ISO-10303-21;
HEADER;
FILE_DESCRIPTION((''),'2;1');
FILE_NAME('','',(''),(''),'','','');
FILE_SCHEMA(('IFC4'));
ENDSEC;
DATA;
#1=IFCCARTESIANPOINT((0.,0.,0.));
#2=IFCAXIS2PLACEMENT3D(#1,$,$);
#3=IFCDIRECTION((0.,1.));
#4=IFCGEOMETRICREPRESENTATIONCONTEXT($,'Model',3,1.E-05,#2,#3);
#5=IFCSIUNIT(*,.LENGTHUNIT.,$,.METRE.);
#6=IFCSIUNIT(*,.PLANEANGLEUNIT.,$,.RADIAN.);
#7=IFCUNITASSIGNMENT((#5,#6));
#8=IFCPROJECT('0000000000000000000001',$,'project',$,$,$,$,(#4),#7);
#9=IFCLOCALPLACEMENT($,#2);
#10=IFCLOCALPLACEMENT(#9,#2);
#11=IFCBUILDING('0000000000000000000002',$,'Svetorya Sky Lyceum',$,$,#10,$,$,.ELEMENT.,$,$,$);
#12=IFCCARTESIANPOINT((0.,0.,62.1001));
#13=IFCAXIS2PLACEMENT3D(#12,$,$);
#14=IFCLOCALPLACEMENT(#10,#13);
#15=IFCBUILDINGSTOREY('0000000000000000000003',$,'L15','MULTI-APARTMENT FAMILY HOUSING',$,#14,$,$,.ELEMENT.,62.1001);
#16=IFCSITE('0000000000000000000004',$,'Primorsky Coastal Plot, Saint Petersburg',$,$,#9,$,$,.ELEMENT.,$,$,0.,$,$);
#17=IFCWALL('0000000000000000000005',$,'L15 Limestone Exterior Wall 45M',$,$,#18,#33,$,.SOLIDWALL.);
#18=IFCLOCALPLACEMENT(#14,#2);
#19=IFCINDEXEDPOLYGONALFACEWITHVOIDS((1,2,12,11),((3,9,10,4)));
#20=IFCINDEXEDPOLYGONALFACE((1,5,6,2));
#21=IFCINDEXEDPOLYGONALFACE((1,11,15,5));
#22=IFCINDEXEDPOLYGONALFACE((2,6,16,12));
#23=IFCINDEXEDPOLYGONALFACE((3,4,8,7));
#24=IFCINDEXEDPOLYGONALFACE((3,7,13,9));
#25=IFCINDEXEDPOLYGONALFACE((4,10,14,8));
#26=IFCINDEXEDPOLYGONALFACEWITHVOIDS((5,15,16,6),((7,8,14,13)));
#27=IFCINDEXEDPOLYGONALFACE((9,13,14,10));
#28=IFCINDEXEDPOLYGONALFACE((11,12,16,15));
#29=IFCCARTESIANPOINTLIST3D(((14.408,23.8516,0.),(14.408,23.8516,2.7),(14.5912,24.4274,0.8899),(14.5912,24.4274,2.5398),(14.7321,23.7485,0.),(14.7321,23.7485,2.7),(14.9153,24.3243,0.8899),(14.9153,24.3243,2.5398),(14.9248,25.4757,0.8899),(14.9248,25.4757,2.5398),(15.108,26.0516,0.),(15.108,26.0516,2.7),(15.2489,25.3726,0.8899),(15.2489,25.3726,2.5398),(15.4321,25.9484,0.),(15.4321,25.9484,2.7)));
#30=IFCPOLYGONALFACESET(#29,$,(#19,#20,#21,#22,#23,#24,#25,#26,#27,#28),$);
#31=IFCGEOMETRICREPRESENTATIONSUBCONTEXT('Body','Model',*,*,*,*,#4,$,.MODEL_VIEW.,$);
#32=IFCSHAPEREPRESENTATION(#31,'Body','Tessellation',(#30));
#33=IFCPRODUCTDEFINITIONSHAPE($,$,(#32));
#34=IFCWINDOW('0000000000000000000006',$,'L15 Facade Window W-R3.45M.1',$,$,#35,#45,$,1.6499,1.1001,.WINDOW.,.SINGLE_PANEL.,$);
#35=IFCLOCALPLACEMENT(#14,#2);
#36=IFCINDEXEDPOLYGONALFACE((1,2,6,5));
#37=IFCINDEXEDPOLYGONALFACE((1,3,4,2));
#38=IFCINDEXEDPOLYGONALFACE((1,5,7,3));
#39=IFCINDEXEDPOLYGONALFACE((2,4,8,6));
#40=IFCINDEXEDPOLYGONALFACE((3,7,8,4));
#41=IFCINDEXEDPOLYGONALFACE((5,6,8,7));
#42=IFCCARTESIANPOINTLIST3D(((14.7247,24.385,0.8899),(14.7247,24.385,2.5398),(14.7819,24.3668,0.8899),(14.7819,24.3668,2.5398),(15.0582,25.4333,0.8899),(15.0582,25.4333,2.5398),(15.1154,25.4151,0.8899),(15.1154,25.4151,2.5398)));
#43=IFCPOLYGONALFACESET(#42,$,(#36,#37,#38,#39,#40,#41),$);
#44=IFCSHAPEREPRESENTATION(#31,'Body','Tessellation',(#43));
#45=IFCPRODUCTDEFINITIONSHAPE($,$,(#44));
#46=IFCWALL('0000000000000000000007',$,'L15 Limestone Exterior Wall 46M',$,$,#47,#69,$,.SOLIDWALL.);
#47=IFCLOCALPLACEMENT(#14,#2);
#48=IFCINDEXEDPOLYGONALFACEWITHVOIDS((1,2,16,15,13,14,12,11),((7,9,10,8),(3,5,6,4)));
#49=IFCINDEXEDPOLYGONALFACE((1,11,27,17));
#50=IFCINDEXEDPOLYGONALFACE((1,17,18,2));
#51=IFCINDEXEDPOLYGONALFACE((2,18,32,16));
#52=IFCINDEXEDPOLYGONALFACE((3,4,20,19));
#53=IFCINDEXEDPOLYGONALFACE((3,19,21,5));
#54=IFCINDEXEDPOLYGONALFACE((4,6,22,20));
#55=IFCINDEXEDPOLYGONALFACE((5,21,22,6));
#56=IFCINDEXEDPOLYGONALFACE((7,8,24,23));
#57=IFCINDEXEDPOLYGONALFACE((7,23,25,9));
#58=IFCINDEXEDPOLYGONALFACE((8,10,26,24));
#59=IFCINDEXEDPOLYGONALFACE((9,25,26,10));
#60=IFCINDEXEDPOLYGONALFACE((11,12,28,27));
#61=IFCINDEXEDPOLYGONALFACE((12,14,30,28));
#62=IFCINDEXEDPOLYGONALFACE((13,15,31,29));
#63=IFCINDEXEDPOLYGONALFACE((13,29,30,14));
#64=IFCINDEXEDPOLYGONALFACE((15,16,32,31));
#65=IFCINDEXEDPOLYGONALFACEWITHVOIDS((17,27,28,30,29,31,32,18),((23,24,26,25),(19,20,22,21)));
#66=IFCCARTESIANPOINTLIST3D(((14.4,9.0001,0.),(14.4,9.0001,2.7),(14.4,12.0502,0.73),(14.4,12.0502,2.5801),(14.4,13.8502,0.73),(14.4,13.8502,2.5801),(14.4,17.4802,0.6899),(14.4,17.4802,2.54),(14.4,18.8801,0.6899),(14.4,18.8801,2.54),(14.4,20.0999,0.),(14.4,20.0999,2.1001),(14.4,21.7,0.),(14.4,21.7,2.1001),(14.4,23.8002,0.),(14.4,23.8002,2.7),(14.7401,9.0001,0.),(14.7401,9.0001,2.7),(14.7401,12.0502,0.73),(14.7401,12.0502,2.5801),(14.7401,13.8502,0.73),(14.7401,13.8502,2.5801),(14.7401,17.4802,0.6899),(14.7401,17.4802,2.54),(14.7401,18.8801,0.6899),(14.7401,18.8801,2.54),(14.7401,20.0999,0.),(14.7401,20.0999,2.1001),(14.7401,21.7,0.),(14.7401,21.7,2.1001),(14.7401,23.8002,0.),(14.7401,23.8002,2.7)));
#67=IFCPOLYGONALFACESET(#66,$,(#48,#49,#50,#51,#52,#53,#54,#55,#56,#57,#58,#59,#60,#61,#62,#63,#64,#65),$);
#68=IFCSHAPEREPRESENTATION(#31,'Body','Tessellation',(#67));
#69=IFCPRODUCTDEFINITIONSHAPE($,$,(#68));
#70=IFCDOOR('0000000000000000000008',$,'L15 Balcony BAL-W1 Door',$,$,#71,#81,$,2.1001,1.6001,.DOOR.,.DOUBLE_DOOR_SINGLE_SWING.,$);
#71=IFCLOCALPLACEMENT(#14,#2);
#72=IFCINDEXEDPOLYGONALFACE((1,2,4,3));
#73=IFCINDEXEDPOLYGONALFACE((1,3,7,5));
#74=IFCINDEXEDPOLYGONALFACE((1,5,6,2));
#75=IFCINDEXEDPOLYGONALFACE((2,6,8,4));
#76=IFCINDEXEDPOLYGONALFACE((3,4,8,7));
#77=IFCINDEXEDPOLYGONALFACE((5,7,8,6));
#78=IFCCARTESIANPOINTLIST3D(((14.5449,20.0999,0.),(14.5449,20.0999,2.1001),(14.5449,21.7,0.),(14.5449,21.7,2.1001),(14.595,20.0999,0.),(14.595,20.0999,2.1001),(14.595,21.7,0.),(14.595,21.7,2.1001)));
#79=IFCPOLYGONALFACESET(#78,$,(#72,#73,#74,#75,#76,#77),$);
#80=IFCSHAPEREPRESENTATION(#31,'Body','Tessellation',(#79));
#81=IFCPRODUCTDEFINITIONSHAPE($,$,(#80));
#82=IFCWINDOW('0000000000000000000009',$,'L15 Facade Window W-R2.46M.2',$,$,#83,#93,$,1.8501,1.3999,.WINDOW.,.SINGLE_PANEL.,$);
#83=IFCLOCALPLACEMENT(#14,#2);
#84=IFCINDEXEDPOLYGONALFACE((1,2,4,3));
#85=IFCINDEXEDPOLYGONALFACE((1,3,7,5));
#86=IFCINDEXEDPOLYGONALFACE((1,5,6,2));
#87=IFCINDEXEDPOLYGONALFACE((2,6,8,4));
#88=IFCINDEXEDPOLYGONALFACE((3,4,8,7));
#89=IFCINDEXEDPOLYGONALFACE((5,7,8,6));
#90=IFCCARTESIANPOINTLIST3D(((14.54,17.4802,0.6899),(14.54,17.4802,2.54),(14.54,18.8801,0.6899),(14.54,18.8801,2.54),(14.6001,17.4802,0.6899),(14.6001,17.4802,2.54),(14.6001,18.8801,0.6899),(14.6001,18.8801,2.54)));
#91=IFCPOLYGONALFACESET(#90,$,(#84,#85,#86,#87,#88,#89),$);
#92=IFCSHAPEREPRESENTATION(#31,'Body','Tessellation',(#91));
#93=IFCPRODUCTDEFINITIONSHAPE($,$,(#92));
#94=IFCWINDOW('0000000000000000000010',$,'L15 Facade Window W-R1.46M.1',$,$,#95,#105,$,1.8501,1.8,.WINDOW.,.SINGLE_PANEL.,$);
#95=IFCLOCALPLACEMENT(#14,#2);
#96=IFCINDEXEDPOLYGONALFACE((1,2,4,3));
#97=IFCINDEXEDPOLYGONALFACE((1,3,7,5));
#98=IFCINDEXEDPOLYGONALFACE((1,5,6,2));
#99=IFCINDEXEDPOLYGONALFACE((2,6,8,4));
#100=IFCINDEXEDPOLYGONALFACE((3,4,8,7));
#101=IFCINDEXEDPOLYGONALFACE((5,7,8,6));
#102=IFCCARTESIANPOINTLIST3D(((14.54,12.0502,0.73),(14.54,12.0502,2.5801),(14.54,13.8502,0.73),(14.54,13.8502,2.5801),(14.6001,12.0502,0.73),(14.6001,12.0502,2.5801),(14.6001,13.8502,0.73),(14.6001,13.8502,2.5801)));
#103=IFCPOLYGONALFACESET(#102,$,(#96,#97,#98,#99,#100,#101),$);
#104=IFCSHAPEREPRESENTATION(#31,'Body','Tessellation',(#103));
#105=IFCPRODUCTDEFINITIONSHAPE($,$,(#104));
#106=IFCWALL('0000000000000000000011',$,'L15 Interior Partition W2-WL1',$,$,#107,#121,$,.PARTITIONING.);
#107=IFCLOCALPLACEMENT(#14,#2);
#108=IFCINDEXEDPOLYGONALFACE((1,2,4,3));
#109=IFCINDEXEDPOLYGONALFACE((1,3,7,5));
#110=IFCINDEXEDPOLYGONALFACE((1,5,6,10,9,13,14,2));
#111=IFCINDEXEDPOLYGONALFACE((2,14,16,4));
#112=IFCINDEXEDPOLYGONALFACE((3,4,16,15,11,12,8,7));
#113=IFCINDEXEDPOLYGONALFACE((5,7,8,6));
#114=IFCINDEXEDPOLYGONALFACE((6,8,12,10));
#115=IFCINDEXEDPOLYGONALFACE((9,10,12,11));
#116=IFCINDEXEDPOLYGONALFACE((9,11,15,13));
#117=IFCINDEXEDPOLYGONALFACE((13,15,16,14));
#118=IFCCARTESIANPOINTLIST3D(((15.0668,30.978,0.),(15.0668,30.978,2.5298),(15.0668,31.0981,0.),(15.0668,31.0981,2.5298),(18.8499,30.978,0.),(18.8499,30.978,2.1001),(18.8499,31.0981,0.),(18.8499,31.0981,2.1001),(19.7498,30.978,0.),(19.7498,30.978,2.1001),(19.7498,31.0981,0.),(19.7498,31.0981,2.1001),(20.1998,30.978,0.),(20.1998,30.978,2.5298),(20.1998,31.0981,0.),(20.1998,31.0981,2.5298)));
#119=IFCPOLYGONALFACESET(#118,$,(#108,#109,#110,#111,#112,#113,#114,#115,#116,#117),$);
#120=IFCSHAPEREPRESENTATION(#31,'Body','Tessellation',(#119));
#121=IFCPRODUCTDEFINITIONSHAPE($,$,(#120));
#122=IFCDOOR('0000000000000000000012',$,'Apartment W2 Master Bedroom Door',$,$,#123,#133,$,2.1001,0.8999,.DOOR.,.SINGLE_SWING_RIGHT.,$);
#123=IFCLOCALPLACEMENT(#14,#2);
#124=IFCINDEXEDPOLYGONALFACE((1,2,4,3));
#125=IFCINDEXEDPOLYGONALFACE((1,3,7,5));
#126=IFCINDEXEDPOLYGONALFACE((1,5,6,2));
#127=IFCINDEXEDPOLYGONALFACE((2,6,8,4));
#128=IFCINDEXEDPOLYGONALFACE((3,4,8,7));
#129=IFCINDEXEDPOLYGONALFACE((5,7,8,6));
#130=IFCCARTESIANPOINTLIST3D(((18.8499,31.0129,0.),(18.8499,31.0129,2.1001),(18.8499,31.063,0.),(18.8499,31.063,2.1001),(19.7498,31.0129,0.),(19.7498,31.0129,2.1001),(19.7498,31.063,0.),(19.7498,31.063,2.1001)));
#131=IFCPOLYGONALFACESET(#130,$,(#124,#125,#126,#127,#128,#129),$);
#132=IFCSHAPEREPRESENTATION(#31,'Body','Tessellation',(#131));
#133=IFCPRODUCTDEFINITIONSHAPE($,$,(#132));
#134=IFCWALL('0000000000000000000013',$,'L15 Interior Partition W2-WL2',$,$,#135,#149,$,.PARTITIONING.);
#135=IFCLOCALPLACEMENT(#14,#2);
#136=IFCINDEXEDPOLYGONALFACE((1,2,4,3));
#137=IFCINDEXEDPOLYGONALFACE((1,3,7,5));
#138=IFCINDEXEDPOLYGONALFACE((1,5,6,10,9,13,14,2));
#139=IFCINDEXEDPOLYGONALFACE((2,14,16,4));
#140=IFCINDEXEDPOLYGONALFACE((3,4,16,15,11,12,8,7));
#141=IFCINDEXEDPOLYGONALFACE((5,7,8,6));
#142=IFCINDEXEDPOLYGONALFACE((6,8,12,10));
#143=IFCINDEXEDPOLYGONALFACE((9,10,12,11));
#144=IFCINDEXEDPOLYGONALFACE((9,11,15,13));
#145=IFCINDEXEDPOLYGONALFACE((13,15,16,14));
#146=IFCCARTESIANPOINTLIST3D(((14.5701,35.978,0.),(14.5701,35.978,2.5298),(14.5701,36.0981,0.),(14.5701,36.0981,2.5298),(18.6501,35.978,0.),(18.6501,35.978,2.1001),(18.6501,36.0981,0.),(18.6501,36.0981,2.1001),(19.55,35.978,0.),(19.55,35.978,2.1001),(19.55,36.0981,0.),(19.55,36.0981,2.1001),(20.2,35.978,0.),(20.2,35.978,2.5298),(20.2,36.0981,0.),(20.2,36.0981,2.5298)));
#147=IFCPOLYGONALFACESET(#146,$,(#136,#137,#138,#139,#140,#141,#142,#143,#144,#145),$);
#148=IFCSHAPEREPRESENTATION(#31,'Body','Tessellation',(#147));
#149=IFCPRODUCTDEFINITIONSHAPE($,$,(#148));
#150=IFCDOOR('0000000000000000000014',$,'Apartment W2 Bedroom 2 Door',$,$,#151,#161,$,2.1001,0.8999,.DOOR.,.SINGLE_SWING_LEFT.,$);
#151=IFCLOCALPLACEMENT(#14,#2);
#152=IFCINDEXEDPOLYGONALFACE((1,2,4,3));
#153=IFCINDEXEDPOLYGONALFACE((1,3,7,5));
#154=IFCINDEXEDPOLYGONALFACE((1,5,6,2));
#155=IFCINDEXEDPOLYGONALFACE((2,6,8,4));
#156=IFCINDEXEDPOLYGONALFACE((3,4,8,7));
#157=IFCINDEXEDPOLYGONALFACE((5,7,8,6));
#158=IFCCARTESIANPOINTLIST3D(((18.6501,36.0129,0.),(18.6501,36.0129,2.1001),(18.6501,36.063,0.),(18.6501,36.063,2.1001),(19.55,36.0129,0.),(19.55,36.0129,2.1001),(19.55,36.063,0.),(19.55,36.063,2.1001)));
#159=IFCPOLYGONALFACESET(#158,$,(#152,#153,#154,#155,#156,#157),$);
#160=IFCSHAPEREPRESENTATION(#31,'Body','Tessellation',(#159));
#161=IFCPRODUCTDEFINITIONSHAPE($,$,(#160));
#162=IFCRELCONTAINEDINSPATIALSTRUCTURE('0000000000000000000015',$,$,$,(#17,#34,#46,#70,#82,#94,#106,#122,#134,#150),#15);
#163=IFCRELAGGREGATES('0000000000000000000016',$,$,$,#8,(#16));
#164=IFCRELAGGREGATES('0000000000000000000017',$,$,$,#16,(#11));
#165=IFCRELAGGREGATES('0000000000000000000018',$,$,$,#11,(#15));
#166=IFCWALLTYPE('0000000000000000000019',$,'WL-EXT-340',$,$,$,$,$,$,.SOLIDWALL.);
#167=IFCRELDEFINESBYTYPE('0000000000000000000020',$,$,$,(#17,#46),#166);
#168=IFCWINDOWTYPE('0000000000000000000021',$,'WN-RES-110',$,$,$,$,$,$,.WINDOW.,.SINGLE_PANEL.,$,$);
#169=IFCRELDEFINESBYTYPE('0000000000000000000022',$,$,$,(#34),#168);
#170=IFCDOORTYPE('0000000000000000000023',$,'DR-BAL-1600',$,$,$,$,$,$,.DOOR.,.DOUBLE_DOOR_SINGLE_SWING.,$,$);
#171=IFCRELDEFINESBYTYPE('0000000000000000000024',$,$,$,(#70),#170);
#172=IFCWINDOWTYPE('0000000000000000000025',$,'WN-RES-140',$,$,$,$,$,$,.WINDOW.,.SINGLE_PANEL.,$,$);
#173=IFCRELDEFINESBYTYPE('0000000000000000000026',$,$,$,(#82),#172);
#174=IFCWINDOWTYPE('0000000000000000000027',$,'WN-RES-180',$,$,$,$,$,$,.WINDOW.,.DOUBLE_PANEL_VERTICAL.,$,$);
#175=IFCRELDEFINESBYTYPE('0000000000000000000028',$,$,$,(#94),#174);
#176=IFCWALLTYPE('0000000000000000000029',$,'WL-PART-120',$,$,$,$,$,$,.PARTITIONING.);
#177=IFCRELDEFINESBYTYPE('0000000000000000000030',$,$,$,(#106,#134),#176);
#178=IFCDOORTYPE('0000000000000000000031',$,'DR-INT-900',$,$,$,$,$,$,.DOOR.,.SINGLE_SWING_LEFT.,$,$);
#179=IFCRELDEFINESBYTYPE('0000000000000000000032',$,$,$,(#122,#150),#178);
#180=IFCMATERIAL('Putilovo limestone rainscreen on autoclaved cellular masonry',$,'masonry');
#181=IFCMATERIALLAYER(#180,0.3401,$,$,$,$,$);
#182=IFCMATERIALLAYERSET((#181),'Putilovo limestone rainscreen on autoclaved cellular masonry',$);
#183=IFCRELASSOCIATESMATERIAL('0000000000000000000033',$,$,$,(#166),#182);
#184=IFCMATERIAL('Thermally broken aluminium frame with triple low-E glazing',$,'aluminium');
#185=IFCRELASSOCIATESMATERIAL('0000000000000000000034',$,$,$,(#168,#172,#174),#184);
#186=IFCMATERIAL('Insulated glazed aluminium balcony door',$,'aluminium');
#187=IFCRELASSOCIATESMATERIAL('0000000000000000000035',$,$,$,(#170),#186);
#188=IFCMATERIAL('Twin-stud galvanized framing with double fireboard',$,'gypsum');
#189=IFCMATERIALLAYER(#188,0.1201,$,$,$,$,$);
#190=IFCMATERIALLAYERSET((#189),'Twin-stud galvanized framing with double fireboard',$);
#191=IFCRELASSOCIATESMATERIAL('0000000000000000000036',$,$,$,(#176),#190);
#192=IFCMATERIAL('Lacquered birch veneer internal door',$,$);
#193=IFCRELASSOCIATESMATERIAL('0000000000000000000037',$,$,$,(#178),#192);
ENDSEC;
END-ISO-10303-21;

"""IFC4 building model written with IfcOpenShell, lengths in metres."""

from ifc_helpers import new_model, si_unit, direction, frame, frame_2d, origin, place, context, subcontext, project, spatial, rectangle, extrude, material, layer, layer_set, type_object, element, fill, save


model = new_model("IFC4")

# Units and contexts
model_context = context("Model", 3, precision=1e-05, world=origin(), true_north=direction((0.0, 1.0)))
body_context = subcontext(model_context, "Body", "Model", "MODEL_VIEW")
ifc_project = project(units=[si_unit("LENGTHUNIT", "METRE"), si_unit("PLANEANGLEUNIT", "RADIAN")], contexts=[model_context])

# Site, building, storey
site_placement = place(None, origin())
site = spatial("IfcSite", under=ifc_project, at=site_placement, Name="Primorsky Coastal Plot, Saint Petersburg", CompositionType="ELEMENT", RefElevation=0.0)
building_placement = place(site_placement, origin())
building = spatial("IfcBuilding", under=site, at=building_placement, Name="Svetorya Sky Lyceum", CompositionType="ELEMENT")
storey_placement = place(building_placement, frame((0.0, 0.0, 62.1001)))
storey = spatial("IfcBuildingStorey", under=building, at=storey_placement, Name="L15", Description="MULTI-APARTMENT FAMILY HOUSING", CompositionType="ELEMENT", Elevation=62.1001)

# Shared definitions
ifc_material_1 = material(Name="Putilovo limestone rainscreen on autoclaved cellular masonry", Category="masonry")
ifc_layer_1 = layer(ifc_material_1, 0.3401)
ifc_layer_set_1 = layer_set([ifc_layer_1], Name="Putilovo limestone rainscreen on autoclaved cellular masonry")
wall_type_1 = type_object("IfcWallType", Name="WL-EXT-340", PredefinedType="SOLIDWALL", material=ifc_layer_set_1)
ifc_material_2 = material(Name="Thermally broken aluminium frame with triple low-E glazing", Category="aluminium")
window_type_1 = type_object("IfcWindowType", Name="WN-RES-110", PartitioningType="SINGLE_PANEL", PredefinedType="WINDOW", material=ifc_material_2)

# Wall, opening, window
wall_1_placement = place(storey_placement, frame((15.27, 26.0, 0.0), z_axis=(0.0, 0.0, 1.0), x_axis=(-0.303191, -0.95293, 0.0)))
wall_1 = element("IfcWall", 1, at=wall_1_placement, inside=storey, type_object=wall_type_1, Name="L15 Limestone Exterior Wall 45M", PredefinedType="SOLIDWALL", context=body_context, shape_type="SweptSolid", body=[
    extrude(rectangle(XDim=2.3086, YDim=0.3401, at=frame_2d((1.1543, 0.0))), origin(), (0.0, 0.0, 1.0), 2.7),
])
opening_1_placement = place(wall_1_placement, frame((0.6042, 0.0, 0.8899)))
opening_1 = element("IfcOpeningElement", 2, at=opening_1_placement, cuts=wall_1, PredefinedType="OPENING", context=body_context, shape_type="SweptSolid", body=[
    extrude(rectangle(XDim=1.1001, YDim=1.6499, at=frame_2d((0.55, 0.825))), frame((0.0, 0.1799, 0.0), z_axis=(0.0, -1.0, 0.0), x_axis=(1.0, 0.0, 0.0)), (0.0, 0.0, 1.0), 0.3601),
])
window_1_placement = place(opening_1_placement, origin())
window_1 = element("IfcWindow", 3, at=window_1_placement, inside=storey, type_object=window_type_1, Name="L15 Facade Window W-R3.45M.1", OverallHeight=1.6499, OverallWidth=1.1001, PartitioningType="SINGLE_PANEL", PredefinedType="WINDOW", context=body_context, shape_type="SweptSolid", body=[
    extrude(rectangle(XDim=1.1001, YDim=1.6499, at=frame_2d((0.55, 0.825))), frame((0.0, 0.03, 0.0), z_axis=(0.0, -1.0, 0.0), x_axis=(1.0, 0.0, 0.0)), (0.0, 0.0, 1.0), 0.0601),
])
fill(opening_1, window_1)

# Wall, openings, door, windows
wall_2_placement = place(storey_placement, frame((14.5701, 23.8, 0.0), z_axis=(0.0, 0.0, 1.0), x_axis=(0.0, -1.0, 0.0)))
wall_2 = element("IfcWall", 4, at=wall_2_placement, inside=storey, type_object=wall_type_1, Name="L15 Limestone Exterior Wall 46M", PredefinedType="SOLIDWALL", context=body_context, shape_type="SweptSolid", body=[
    extrude(rectangle(XDim=14.8, YDim=0.3401, at=frame_2d((7.3999, 0.0))), origin(), (0.0, 0.0, 1.0), 2.7),
])
opening_2_placement = place(wall_2_placement, frame((2.1001, 0.0, 0.0)))
opening_2 = element("IfcOpeningElement", 5, at=opening_2_placement, cuts=wall_2, PredefinedType="OPENING", context=body_context, shape_type="SweptSolid", body=[
    extrude(rectangle(XDim=1.6001, YDim=2.1001, at=frame_2d((0.8, 1.05))), frame((0.0, 0.1799, 0.0), z_axis=(0.0, -1.0, 0.0), x_axis=(1.0, 0.0, 0.0)), (0.0, 0.0, 1.0), 0.3601),
])
opening_3_placement = place(wall_2_placement, frame((4.9199, 0.0, 0.6899)))
opening_3 = element("IfcOpeningElement", 6, at=opening_3_placement, cuts=wall_2, PredefinedType="OPENING", context=body_context, shape_type="SweptSolid", body=[
    extrude(rectangle(XDim=1.3999, YDim=1.8501, at=frame_2d((0.7, 0.925))), frame((0.0, 0.1799, 0.0), z_axis=(0.0, -1.0, 0.0), x_axis=(1.0, 0.0, 0.0)), (0.0, 0.0, 1.0), 0.3601),
])
opening_4_placement = place(wall_2_placement, frame((9.95, 0.0, 0.73)))
opening_4 = element("IfcOpeningElement", 7, at=opening_4_placement, cuts=wall_2, PredefinedType="OPENING", context=body_context, shape_type="SweptSolid", body=[
    extrude(rectangle(XDim=1.8, YDim=1.8501, at=frame_2d((0.8999, 0.925))), frame((0.0, 0.1799, 0.0), z_axis=(0.0, -1.0, 0.0), x_axis=(1.0, 0.0, 0.0)), (0.0, 0.0, 1.0), 0.3601),
])
ifc_material_3 = material(Name="Insulated glazed aluminium balcony door", Category="aluminium")
door_type_1 = type_object("IfcDoorType", Name="DR-BAL-1600", OperationType="DOUBLE_DOOR_SINGLE_SWING", PredefinedType="DOOR", material=ifc_material_3)
door_1_placement = place(opening_2_placement, origin())
door_1 = element("IfcDoor", 8, at=door_1_placement, inside=storey, type_object=door_type_1, Name="L15 Balcony BAL-W1 Door", OperationType="DOUBLE_DOOR_SINGLE_SWING", OverallHeight=2.1001, OverallWidth=1.6001, PredefinedType="DOOR", context=body_context, shape_type="SweptSolid", body=[
    extrude(rectangle(XDim=1.6001, YDim=2.1001, at=frame_2d((0.8, 1.05))), frame((0.0, 0.0249, 0.0), z_axis=(0.0, -1.0, 0.0), x_axis=(1.0, 0.0, 0.0)), (0.0, 0.0, 1.0), 0.05),
])
fill(opening_2, door_1)
window_type_2 = type_object("IfcWindowType", Name="WN-RES-140", PartitioningType="SINGLE_PANEL", PredefinedType="WINDOW", material=ifc_material_2)
window_2_placement = place(opening_3_placement, origin())
window_2 = element("IfcWindow", 9, at=window_2_placement, inside=storey, type_object=window_type_2, Name="L15 Facade Window W-R2.46M.2", OverallHeight=1.8501, OverallWidth=1.3999, PartitioningType="SINGLE_PANEL", PredefinedType="WINDOW", context=body_context, shape_type="SweptSolid", body=[
    extrude(rectangle(XDim=1.3999, YDim=1.8501, at=frame_2d((0.7, 0.925))), frame((0.0, 0.03, 0.0), z_axis=(0.0, -1.0, 0.0), x_axis=(1.0, 0.0, 0.0)), (0.0, 0.0, 1.0), 0.0601),
])
fill(opening_3, window_2)
window_type_3 = type_object("IfcWindowType", Name="WN-RES-180", PartitioningType="DOUBLE_PANEL_VERTICAL", PredefinedType="WINDOW", material=ifc_material_2)
window_3_placement = place(opening_4_placement, origin())
window_3 = element("IfcWindow", 10, at=window_3_placement, inside=storey, type_object=window_type_3, Name="L15 Facade Window W-R1.46M.1", OverallHeight=1.8501, OverallWidth=1.8, PartitioningType="SINGLE_PANEL", PredefinedType="WINDOW", context=body_context, shape_type="SweptSolid", body=[
    extrude(rectangle(XDim=1.8, YDim=1.8501, at=frame_2d((0.8999, 0.925))), frame((0.0, 0.03, 0.0), z_axis=(0.0, -1.0, 0.0), x_axis=(1.0, 0.0, 0.0)), (0.0, 0.0, 1.0), 0.0601),
])
fill(opening_4, window_3)

# Walls, openings, doors
ifc_material_4 = material(Name="Twin-stud galvanized framing with double fireboard", Category="gypsum")
ifc_layer_2 = layer(ifc_material_4, 0.1201)
ifc_layer_set_2 = layer_set([ifc_layer_2], Name="Twin-stud galvanized framing with double fireboard")
wall_type_2 = type_object("IfcWallType", Name="WL-PART-120", PredefinedType="PARTITIONING", material=ifc_layer_set_2)
wall_3_placement = place(storey_placement, frame((15.0669, 31.0381, 0.0), z_axis=(0.0, 0.0, 1.0), x_axis=(1.0, 0.0, 0.0)))
wall_3 = element("IfcWall", 11, at=wall_3_placement, inside=storey, type_object=wall_type_2, Name="L15 Interior Partition W2-WL1", PredefinedType="PARTITIONING", context=body_context, shape_type="SweptSolid", body=[
    extrude(rectangle(XDim=5.1331, YDim=0.1201, at=frame_2d((2.5664, 0.0))), origin(), (0.0, 0.0, 1.0), 2.5298),
])
opening_5_placement = place(wall_3_placement, frame((3.783, 0.0, 0.0)))
opening_5 = element("IfcOpeningElement", 12, at=opening_5_placement, cuts=wall_3, PredefinedType="OPENING", context=body_context, shape_type="SweptSolid", body=[
    extrude(rectangle(XDim=0.8999, YDim=2.1001, at=frame_2d((0.45, 1.05))), frame((0.0, 0.0701, 0.0), z_axis=(0.0, -1.0, 0.0), x_axis=(1.0, 0.0, 0.0)), (0.0, 0.0, 1.0), 0.1401),
])
ifc_material_5 = material(Name="Lacquered birch veneer internal door")
door_type_2 = type_object("IfcDoorType", Name="DR-INT-900", OperationType="SINGLE_SWING_LEFT", PredefinedType="DOOR", material=ifc_material_5)
door_2_placement = place(opening_5_placement, origin())
door_2 = element("IfcDoor", 13, at=door_2_placement, inside=storey, type_object=door_type_2, Name="Apartment W2 Master Bedroom Door", OperationType="SINGLE_SWING_RIGHT", OverallHeight=2.1001, OverallWidth=0.8999, PredefinedType="DOOR", context=body_context, shape_type="SweptSolid", body=[
    extrude(rectangle(XDim=0.8999, YDim=2.1001, at=frame_2d((0.45, 1.05))), frame((0.0, 0.0249, 0.0), z_axis=(0.0, -1.0, 0.0), x_axis=(1.0, 0.0, 0.0)), (0.0, 0.0, 1.0), 0.05),
])
fill(opening_5, door_2)
wall_4_placement = place(storey_placement, frame((14.5701, 36.0381, 0.0), z_axis=(0.0, 0.0, 1.0), x_axis=(1.0, 0.0, 0.0)))
wall_4 = element("IfcWall", 14, at=wall_4_placement, inside=storey, type_object=wall_type_2, Name="L15 Interior Partition W2-WL2", PredefinedType="PARTITIONING", context=body_context, shape_type="SweptSolid", body=[
    extrude(rectangle(XDim=5.6299, YDim=0.1201, at=frame_2d((2.8149, 0.0))), origin(), (0.0, 0.0, 1.0), 2.5298),
])
opening_6_placement = place(wall_4_placement, frame((4.0801, 0.0, 0.0)))
opening_6 = element("IfcOpeningElement", 15, at=opening_6_placement, cuts=wall_4, PredefinedType="OPENING", context=body_context, shape_type="SweptSolid", body=[
    extrude(rectangle(XDim=0.8999, YDim=2.1001, at=frame_2d((0.45, 1.05))), frame((0.0, 0.0701, 0.0), z_axis=(0.0, -1.0, 0.0), x_axis=(1.0, 0.0, 0.0)), (0.0, 0.0, 1.0), 0.1401),
])
door_3_placement = place(opening_6_placement, origin())
door_3 = element("IfcDoor", 16, at=door_3_placement, inside=storey, type_object=door_type_2, Name="Apartment W2 Bedroom 2 Door", OperationType="SINGLE_SWING_LEFT", OverallHeight=2.1001, OverallWidth=0.8999, PredefinedType="DOOR", context=body_context, shape_type="SweptSolid", body=[
    extrude(rectangle(XDim=0.8999, YDim=2.1001, at=frame_2d((0.45, 1.05))), frame((0.0, 0.0249, 0.0), z_axis=(0.0, -1.0, 0.0), x_axis=(1.0, 0.0, 0.0)), (0.0, 0.0, 1.0), 0.05),
])
fill(opening_6, door_3)

save(model, "model.ifc")
